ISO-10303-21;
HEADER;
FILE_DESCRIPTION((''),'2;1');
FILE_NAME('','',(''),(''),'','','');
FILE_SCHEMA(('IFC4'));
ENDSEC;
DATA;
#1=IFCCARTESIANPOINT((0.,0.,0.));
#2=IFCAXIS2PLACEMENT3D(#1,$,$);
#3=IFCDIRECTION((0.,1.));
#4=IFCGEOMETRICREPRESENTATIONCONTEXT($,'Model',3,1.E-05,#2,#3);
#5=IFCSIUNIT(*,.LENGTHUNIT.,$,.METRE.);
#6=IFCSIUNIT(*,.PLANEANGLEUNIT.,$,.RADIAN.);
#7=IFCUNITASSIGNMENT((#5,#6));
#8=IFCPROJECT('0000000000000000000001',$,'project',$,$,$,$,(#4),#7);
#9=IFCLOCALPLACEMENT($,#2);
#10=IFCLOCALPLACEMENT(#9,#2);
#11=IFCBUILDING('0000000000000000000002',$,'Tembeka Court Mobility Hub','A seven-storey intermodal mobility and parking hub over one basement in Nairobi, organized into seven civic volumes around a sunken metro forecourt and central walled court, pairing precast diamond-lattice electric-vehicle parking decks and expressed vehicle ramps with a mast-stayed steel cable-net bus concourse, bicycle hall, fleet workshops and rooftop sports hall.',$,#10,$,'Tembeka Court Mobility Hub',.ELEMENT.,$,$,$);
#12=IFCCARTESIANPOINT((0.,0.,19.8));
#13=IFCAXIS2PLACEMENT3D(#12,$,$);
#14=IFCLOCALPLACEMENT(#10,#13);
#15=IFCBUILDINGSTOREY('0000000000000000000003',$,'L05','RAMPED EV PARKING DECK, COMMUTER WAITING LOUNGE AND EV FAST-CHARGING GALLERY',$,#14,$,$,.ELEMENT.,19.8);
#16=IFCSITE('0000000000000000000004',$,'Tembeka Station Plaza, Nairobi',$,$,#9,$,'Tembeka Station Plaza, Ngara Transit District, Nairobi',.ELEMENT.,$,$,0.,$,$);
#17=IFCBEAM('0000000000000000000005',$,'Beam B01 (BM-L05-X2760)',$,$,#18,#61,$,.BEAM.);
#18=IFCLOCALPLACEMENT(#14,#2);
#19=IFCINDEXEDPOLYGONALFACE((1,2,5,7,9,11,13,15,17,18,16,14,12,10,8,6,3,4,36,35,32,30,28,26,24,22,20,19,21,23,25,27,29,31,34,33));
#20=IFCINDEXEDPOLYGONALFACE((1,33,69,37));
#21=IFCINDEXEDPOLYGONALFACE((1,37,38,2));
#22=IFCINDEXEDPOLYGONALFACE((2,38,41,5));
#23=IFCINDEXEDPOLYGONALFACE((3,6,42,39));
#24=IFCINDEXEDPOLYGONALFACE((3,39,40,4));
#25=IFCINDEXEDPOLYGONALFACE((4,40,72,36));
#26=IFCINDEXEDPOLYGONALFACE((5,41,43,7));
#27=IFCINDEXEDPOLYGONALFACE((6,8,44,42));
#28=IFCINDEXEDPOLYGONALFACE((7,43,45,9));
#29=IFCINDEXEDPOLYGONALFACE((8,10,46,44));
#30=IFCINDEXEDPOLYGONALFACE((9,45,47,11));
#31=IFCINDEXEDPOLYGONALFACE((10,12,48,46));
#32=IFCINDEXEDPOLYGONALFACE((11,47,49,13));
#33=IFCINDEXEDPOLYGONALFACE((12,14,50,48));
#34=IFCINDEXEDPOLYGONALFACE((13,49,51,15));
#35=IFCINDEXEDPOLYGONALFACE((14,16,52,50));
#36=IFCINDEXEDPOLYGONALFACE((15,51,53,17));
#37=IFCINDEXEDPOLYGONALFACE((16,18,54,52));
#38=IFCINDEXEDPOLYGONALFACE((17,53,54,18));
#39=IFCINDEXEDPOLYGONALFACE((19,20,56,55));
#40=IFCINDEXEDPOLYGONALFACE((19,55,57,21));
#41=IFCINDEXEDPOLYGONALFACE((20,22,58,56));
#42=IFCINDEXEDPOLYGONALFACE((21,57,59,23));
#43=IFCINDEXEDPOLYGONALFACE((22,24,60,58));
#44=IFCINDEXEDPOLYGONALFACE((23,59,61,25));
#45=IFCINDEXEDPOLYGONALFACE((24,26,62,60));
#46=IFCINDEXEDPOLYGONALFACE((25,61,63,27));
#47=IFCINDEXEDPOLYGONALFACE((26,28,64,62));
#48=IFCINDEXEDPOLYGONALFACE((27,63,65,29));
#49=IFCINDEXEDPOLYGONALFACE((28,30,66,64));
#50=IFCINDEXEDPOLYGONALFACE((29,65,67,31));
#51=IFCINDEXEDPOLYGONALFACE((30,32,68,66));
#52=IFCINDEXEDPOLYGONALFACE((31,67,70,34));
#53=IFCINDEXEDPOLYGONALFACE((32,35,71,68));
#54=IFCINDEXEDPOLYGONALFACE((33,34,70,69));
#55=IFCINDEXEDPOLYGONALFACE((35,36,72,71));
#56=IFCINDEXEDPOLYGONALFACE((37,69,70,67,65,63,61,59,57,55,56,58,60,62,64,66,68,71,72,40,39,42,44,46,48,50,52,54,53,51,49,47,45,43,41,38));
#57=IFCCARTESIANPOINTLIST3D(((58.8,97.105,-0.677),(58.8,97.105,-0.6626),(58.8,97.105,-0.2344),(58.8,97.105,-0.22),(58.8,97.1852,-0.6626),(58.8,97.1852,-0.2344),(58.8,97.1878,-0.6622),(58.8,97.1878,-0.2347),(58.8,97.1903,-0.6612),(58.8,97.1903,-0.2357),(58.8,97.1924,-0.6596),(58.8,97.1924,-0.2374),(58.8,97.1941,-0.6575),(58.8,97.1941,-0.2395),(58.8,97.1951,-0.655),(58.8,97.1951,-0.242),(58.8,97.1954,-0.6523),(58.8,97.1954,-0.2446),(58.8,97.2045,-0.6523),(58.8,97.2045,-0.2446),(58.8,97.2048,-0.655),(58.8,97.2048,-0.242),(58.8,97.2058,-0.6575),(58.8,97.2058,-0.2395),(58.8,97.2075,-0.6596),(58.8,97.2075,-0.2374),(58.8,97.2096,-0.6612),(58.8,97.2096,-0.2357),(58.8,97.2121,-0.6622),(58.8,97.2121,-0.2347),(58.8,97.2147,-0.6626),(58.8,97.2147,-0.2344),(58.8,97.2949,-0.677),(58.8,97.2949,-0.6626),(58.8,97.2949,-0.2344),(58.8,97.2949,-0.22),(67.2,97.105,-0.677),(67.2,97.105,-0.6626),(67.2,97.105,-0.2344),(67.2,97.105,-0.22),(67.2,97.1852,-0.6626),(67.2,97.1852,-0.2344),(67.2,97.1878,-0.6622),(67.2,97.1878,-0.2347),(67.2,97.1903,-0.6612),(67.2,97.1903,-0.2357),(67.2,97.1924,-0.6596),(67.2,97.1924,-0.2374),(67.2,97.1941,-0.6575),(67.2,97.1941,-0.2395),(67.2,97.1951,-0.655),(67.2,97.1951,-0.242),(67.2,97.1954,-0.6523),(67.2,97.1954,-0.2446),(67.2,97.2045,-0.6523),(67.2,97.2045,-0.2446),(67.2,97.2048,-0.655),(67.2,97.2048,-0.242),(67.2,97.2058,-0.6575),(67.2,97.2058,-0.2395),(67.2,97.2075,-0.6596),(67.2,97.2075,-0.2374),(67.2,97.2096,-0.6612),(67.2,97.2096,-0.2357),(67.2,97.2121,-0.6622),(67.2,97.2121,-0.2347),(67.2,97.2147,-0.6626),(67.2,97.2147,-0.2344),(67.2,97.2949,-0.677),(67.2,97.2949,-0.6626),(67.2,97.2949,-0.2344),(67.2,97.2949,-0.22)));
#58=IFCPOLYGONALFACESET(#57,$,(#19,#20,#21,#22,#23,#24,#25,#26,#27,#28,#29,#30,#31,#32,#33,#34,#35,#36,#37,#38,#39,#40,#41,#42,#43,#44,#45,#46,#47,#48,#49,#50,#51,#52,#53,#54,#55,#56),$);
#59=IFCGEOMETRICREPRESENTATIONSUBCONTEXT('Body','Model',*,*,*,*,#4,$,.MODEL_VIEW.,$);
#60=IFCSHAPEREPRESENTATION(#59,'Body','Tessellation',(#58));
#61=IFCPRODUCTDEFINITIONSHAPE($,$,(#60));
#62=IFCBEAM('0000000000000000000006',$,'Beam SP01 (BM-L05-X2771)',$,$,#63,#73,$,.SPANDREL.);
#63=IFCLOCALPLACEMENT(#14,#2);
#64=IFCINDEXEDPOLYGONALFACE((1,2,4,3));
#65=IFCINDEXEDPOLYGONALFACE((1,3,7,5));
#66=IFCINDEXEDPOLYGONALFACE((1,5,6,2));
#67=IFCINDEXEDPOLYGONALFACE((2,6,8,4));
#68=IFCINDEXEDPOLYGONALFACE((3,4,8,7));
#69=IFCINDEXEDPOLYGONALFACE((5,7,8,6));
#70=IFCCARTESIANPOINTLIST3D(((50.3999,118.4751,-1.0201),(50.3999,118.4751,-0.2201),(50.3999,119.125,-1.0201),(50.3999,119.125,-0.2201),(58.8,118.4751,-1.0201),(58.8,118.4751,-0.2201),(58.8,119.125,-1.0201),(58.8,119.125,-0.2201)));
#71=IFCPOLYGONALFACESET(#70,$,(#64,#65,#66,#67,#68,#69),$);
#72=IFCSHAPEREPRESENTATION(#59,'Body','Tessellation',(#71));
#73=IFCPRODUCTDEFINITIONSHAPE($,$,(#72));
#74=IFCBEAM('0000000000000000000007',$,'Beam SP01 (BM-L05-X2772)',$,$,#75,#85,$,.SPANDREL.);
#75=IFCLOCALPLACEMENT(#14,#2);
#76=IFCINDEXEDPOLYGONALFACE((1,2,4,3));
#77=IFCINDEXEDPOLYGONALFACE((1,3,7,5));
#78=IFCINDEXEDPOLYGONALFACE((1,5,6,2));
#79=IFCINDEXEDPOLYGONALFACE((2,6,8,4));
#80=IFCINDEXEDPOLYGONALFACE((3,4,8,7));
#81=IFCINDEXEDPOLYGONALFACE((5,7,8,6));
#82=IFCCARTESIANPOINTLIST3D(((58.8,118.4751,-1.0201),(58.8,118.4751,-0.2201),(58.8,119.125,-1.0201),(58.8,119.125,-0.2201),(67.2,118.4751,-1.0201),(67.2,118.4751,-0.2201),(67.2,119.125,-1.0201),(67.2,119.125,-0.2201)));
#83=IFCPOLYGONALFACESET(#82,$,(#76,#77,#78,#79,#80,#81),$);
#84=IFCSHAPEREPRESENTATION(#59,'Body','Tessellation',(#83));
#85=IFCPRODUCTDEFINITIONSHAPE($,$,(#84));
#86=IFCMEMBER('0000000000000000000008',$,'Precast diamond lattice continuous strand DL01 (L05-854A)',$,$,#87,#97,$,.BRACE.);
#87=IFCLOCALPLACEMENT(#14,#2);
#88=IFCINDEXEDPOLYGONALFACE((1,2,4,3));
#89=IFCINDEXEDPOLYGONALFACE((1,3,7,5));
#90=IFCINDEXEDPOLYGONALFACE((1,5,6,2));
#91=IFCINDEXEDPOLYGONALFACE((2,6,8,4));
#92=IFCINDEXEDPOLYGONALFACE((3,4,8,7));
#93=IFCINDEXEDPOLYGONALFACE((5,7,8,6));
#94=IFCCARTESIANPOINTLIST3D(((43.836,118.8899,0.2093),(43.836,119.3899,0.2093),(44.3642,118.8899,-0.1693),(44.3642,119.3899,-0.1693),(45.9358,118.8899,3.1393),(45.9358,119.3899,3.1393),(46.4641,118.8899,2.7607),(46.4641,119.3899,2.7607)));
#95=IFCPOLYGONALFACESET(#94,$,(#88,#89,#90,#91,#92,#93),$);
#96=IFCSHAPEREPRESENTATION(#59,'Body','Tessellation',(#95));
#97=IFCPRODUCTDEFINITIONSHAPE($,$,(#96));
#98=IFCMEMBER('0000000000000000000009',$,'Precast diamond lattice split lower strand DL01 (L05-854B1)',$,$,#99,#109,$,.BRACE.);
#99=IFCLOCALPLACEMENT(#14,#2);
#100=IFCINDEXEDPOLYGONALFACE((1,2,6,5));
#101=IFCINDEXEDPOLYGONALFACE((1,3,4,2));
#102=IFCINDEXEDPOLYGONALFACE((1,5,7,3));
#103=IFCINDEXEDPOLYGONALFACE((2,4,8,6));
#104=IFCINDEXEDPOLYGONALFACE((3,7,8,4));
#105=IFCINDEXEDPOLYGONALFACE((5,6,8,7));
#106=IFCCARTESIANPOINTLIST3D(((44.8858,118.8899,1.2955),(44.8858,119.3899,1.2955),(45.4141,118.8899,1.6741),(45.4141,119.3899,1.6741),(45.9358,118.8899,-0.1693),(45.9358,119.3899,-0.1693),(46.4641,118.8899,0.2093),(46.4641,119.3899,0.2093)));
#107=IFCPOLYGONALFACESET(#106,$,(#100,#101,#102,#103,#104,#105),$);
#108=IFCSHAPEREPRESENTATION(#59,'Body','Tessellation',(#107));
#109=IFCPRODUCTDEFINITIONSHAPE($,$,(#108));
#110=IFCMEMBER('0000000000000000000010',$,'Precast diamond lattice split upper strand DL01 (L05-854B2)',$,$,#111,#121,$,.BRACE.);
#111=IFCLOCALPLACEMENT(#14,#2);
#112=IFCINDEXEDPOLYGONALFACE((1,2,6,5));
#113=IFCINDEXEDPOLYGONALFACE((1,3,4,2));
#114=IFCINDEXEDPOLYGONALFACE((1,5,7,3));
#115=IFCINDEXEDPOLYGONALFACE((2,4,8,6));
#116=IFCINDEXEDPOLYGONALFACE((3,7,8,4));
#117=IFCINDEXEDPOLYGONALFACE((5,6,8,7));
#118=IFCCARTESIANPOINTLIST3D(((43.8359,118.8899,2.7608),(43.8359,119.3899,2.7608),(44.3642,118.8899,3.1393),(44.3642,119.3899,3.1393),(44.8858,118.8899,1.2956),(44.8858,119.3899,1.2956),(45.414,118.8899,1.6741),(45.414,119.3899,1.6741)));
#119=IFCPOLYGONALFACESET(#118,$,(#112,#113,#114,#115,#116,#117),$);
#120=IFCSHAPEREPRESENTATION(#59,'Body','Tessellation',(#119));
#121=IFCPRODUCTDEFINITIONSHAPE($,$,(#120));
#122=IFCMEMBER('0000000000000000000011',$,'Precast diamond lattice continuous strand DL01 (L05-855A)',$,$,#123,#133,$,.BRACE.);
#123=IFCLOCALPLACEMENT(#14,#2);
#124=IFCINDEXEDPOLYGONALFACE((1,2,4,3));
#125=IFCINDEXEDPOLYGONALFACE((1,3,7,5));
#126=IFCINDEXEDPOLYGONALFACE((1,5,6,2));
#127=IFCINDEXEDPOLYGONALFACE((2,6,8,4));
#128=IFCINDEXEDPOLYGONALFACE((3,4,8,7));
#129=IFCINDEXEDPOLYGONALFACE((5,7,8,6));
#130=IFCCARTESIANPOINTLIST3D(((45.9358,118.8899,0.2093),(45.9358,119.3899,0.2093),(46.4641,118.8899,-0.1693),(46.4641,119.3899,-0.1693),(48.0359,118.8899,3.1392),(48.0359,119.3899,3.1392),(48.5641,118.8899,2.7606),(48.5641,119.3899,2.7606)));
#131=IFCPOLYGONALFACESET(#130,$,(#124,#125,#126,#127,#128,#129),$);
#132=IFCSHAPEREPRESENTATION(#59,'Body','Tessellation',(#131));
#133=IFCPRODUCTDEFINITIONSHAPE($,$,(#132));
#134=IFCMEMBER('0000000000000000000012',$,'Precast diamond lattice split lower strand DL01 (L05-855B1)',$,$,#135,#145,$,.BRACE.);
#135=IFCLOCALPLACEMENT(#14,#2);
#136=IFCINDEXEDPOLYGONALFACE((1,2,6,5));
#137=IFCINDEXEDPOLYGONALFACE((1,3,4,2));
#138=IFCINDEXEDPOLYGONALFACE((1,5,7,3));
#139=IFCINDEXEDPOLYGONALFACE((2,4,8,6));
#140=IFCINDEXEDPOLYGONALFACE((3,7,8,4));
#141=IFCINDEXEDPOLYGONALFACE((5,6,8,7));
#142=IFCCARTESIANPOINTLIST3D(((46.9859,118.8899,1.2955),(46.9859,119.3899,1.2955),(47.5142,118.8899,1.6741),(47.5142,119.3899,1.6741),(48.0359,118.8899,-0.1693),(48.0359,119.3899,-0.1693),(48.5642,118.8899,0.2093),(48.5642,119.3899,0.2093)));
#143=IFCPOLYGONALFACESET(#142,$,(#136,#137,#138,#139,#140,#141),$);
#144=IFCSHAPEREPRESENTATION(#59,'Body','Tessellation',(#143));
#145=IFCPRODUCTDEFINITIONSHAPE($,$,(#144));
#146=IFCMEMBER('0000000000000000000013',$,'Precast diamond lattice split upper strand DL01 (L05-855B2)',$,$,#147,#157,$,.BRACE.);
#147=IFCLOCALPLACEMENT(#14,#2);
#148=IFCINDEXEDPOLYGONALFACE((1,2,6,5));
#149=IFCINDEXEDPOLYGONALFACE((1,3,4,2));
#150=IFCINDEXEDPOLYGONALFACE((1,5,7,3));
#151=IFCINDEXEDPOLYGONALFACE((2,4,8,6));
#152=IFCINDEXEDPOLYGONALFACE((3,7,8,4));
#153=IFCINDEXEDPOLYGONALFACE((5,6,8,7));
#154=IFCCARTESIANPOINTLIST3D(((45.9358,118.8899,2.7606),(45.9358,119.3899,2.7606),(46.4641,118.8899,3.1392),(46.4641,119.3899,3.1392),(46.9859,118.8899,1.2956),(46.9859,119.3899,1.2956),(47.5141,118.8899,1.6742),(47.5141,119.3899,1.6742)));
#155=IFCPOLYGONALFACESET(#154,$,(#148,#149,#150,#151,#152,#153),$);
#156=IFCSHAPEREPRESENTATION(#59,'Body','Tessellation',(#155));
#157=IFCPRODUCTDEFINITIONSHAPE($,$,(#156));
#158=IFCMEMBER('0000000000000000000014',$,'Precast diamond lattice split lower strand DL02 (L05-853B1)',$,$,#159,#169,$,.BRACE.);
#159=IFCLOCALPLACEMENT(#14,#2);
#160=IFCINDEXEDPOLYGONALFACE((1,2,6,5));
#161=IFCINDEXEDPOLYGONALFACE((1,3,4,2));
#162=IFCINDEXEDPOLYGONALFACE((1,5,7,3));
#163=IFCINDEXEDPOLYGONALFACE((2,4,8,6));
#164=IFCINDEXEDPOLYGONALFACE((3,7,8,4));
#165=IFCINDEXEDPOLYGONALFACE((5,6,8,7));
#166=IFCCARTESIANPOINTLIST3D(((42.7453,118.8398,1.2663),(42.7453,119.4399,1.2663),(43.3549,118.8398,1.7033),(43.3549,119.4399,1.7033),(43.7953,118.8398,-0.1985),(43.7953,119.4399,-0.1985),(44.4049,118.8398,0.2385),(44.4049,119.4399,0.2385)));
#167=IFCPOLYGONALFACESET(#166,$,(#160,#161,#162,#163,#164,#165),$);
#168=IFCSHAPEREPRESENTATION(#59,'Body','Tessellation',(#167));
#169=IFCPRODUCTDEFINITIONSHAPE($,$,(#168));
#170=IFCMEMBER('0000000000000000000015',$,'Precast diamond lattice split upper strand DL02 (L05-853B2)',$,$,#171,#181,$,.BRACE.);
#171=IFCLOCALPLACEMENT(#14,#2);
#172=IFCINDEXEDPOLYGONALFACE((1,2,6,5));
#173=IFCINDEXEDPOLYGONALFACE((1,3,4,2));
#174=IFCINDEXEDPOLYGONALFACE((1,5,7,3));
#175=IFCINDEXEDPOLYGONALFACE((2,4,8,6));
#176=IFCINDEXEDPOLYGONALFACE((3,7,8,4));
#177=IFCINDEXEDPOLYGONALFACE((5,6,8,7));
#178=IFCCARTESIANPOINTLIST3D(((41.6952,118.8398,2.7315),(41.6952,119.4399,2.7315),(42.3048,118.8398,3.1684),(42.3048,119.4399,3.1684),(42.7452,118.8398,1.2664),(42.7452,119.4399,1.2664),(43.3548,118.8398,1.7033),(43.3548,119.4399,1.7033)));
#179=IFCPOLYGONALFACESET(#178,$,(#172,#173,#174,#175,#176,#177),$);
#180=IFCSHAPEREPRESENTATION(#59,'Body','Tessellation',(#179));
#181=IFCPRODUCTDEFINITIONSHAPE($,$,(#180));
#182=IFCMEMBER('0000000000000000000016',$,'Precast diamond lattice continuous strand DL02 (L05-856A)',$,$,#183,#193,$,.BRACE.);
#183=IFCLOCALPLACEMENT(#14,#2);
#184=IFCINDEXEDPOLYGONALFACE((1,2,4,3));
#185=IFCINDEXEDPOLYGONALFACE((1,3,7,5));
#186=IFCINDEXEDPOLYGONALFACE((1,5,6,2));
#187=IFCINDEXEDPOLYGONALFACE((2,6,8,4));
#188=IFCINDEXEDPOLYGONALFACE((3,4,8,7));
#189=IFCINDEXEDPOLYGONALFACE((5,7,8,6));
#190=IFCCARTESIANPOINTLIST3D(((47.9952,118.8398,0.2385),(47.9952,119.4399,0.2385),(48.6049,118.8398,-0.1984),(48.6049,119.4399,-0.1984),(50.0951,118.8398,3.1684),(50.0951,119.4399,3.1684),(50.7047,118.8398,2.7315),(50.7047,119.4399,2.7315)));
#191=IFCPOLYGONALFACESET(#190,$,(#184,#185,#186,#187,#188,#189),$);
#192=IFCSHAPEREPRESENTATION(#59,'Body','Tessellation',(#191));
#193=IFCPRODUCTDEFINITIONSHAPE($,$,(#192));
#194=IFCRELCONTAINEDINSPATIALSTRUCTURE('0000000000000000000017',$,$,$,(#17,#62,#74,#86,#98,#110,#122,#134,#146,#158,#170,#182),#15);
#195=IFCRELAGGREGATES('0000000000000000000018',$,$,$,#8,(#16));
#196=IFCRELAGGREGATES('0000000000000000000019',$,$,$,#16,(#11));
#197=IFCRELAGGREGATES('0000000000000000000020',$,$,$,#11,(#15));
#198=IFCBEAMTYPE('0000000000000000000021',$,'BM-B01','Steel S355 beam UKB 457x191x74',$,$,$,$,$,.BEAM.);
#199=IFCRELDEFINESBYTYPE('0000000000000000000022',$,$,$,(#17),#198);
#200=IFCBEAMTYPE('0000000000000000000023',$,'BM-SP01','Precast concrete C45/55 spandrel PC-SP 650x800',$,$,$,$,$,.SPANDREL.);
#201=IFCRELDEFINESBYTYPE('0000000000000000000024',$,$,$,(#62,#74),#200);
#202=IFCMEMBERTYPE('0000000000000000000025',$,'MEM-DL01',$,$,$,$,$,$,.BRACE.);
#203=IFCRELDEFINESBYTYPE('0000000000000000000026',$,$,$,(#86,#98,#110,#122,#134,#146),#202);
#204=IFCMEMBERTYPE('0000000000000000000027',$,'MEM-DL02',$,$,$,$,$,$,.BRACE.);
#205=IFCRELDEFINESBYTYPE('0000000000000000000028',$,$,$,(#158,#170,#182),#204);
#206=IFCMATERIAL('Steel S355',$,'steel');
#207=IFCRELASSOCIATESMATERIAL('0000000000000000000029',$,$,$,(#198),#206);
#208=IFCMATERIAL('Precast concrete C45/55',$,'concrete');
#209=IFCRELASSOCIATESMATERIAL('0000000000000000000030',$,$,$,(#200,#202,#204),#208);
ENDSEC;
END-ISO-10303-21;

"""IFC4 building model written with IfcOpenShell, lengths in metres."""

from ifc_helpers import new_model, si_unit, direction, frame, origin, origin_2d, place, context, subcontext, project, spatial, rectangle, i_section, extrude, material, material_profile, profile_set, type_object, element, save


model = new_model("IFC4")

# Units and contexts
model_context = context("Model", 3, precision=1e-05, world=origin(), true_north=direction((0.0, 1.0)))
body_context = subcontext(model_context, "Body", "Model", "MODEL_VIEW")
ifc_project = project(units=[si_unit("LENGTHUNIT", "METRE"), si_unit("PLANEANGLEUNIT", "RADIAN")], contexts=[model_context])

# Site, building, storey
site_placement = place(None, origin())
site = spatial("IfcSite", under=ifc_project, at=site_placement, Name="Tembeka Station Plaza, Nairobi", LongName="Tembeka Station Plaza, Ngara Transit District, Nairobi", CompositionType="ELEMENT", RefElevation=0.0)
building_placement = place(site_placement, origin())
building = spatial("IfcBuilding", under=site, at=building_placement, Name="Tembeka Court Mobility Hub", Description="A seven-storey intermodal mobility and parking hub over one basement in Nairobi, organized into seven civic volumes around a sunken metro forecourt and central walled court, pairing precast diamond-lattice electric-vehicle parking decks and expressed vehicle ramps with a mast-stayed steel cable-net bus concourse, bicycle hall, fleet workshops and rooftop sports hall.", LongName="Tembeka Court Mobility Hub", CompositionType="ELEMENT")
storey_placement = place(building_placement, frame((0.0, 0.0, 19.8)))
storey = spatial("IfcBuildingStorey", under=building, at=storey_placement, Name="L05", Description="RAMPED EV PARKING DECK, COMMUTER WAITING LOUNGE AND EV FAST-CHARGING GALLERY", CompositionType="ELEMENT", Elevation=19.8)

# Shared definitions
ifc_material_1 = material(Name="Steel S355", Category="steel")

# Beams
ifc_material_profile_1 = material_profile(ifc_material_1, i_section(OverallWidth=0.1899, OverallDepth=0.457, WebThickness=0.009, FlangeThickness=0.0144, FilletRadius=0.0103, at=origin_2d()), Name="UKB 457x191x74")
ifc_profile_set_1 = profile_set([ifc_material_profile_1], Name="Steel S355")
beam_type_1 = type_object("IfcBeamType", Name="BM-B01", Description="Steel S355 beam UKB 457x191x74", PredefinedType="BEAM", material=ifc_profile_set_1)
beam_1_placement = place(storey_placement, frame((58.8, 97.2, -0.4485), z_axis=(1.0, 0.0, 0.0), x_axis=(0.0, 1.0, 0.0)))
element("IfcBeam", 1, at=beam_1_placement, inside=storey, type_object=beam_type_1, Name="Beam B01 (BM-L05-X2760)", PredefinedType="BEAM", context=body_context, shape_type="SweptSolid", body=[
    extrude(i_section(OverallWidth=0.1899, OverallDepth=0.457, WebThickness=0.009, FlangeThickness=0.0144, FilletRadius=0.0103, at=origin_2d()), origin(), (0.0, 0.0, 1.0), 8.3999),
])
ifc_material_2 = material(Name="Precast concrete C45/55", Category="concrete")
ifc_material_profile_2 = material_profile(ifc_material_2, rectangle(XDim=0.6499, YDim=0.8, at=origin_2d()), Name="PC-SP 650x800")
ifc_profile_set_2 = profile_set([ifc_material_profile_2], Name="Precast concrete C45/55")
beam_type_2 = type_object("IfcBeamType", Name="BM-SP01", Description="Precast concrete C45/55 spandrel PC-SP 650x800", PredefinedType="SPANDREL", material=ifc_profile_set_2)
beam_2_placement = place(storey_placement, frame((50.3999, 118.8, -0.6201), z_axis=(1.0, 0.0, 0.0), x_axis=(0.0, 1.0, 0.0)))
element("IfcBeam", 2, at=beam_2_placement, inside=storey, type_object=beam_type_2, Name="Beam SP01 (BM-L05-X2771)", PredefinedType="SPANDREL", context=body_context, shape_type="SweptSolid", body=[
    extrude(rectangle(XDim=0.6499, YDim=0.8, at=origin_2d()), origin(), (0.0, 0.0, 1.0), 8.4001),
])
beam_3_placement = place(storey_placement, frame((58.8, 118.8, -0.6201), z_axis=(1.0, 0.0, 0.0), x_axis=(0.0, 1.0, 0.0)))
element("IfcBeam", 3, at=beam_3_placement, inside=storey, type_object=beam_type_2, Name="Beam SP01 (BM-L05-X2772)", PredefinedType="SPANDREL", context=body_context, shape_type="SweptSolid", body=[
    extrude(rectangle(XDim=0.6499, YDim=0.8, at=origin_2d()), origin(), (0.0, 0.0, 1.0), 8.3999),
])

# Members
ifc_material_profile_3 = material_profile(ifc_material_2, rectangle(XDim=0.5, YDim=0.6499, at=origin_2d()), Name="PC-DIAG 500x650")
ifc_profile_set_3 = profile_set([ifc_material_profile_3], Name="Precast concrete C45/55")
member_type_1 = type_object("IfcMemberType", Name="MEM-DL01", PredefinedType="BRACE", material=ifc_profile_set_3)
member_1_placement = place(storey_placement, frame((44.1001, 119.1399, 0.02), z_axis=(0.582532, 0.0, 0.812808), x_axis=(0.0, 1.0, 0.0)))
element("IfcMember", 4, at=member_1_placement, inside=storey, type_object=member_type_1, Name="Precast diamond lattice continuous strand DL01 (L05-854A)", PredefinedType="BRACE", context=body_context, shape_type="SweptSolid", body=[
    extrude(rectangle(XDim=0.5, YDim=0.6499, at=origin_2d()), origin(), (0.0, 0.0, 1.0), 3.6047),
])
member_2_placement = place(storey_placement, frame((46.2, 119.1399, 0.02), z_axis=(-0.582608, 0.0, 0.812753), x_axis=(0.0, -1.0, 0.0)))
element("IfcMember", 5, at=member_2_placement, inside=storey, type_object=member_type_1, Name="Precast diamond lattice split lower strand DL01 (L05-854B1)", PredefinedType="BRACE", context=body_context, shape_type="SweptSolid", body=[
    extrude(rectangle(XDim=0.5, YDim=0.6499, at=origin_2d()), origin(), (0.0, 0.0, 1.0), 1.8022),
])
member_3_placement = place(storey_placement, frame((45.1499, 119.1399, 1.4849), z_axis=(-0.582455, 0.0, 0.812863), x_axis=(0.0, -1.0, 0.0)))
element("IfcMember", 6, at=member_3_placement, inside=storey, type_object=member_type_1, Name="Precast diamond lattice split upper strand DL01 (L05-854B2)", PredefinedType="BRACE", context=body_context, shape_type="SweptSolid", body=[
    extrude(rectangle(XDim=0.5, YDim=0.6499, at=origin_2d()), origin(), (0.0, 0.0, 1.0), 1.8025),
])
member_4_placement = place(storey_placement, frame((46.2, 119.1399, 0.02), z_axis=(0.582576, 0.0, 0.812776), x_axis=(0.0, 1.0, 0.0)))
element("IfcMember", 7, at=member_4_placement, inside=storey, type_object=member_type_1, Name="Precast diamond lattice continuous strand DL01 (L05-855A)", PredefinedType="BRACE", context=body_context, shape_type="SweptSolid", body=[
    extrude(rectangle(XDim=0.5, YDim=0.6499, at=origin_2d()), origin(), (0.0, 0.0, 1.0), 3.6047),
])
member_5_placement = place(storey_placement, frame((48.3, 119.1399, 0.02), z_axis=(-0.582608, 0.0, 0.812753), x_axis=(0.0, -1.0, 0.0)))
element("IfcMember", 8, at=member_5_placement, inside=storey, type_object=member_type_1, Name="Precast diamond lattice split lower strand DL01 (L05-855B1)", PredefinedType="BRACE", context=body_context, shape_type="SweptSolid", body=[
    extrude(rectangle(XDim=0.5, YDim=0.6499, at=origin_2d()), origin(), (0.0, 0.0, 1.0), 1.8022),
])
member_6_placement = place(storey_placement, frame((47.25, 119.1399, 1.4849), z_axis=(-0.582544, 0.0, 0.812799), x_axis=(0.0, -1.0, 0.0)))
element("IfcMember", 9, at=member_6_placement, inside=storey, type_object=member_type_1, Name="Precast diamond lattice split upper strand DL01 (L05-855B2)", PredefinedType="BRACE", context=body_context, shape_type="SweptSolid", body=[
    extrude(rectangle(XDim=0.5, YDim=0.6499, at=origin_2d()), origin(), (0.0, 0.0, 1.0), 1.8025),
])
ifc_material_profile_4 = material_profile(ifc_material_2, rectangle(XDim=0.6001, YDim=0.75, at=origin_2d()), Name="PC-DIAG 600x750")
ifc_profile_set_4 = profile_set([ifc_material_profile_4], Name="Precast concrete C45/55")
member_type_2 = type_object("IfcMemberType", Name="MEM-DL02", PredefinedType="BRACE", material=ifc_profile_set_4)
member_7_placement = place(storey_placement, frame((44.1001, 119.1399, 0.02), z_axis=(-0.582608, 0.0, 0.812753), x_axis=(0.0, -1.0, 0.0)))
element("IfcMember", 10, at=member_7_placement, inside=storey, type_object=member_type_2, Name="Precast diamond lattice split lower strand DL02 (L05-853B1)", PredefinedType="BRACE", context=body_context, shape_type="SweptSolid", body=[
    extrude(rectangle(XDim=0.6001, YDim=0.75, at=origin_2d()), origin(), (0.0, 0.0, 1.0), 1.8022),
])
member_8_placement = place(storey_placement, frame((43.05, 119.1399, 1.4849), z_axis=(-0.582544, 0.0, 0.812799), x_axis=(0.0, -1.0, 0.0)))
element("IfcMember", 11, at=member_8_placement, inside=storey, type_object=member_type_2, Name="Precast diamond lattice split upper strand DL02 (L05-853B2)", PredefinedType="BRACE", context=body_context, shape_type="SweptSolid", body=[
    extrude(rectangle(XDim=0.6001, YDim=0.75, at=origin_2d()), origin(), (0.0, 0.0, 1.0), 1.8025),
])
member_9_placement = place(storey_placement, frame((48.3, 119.1399, 0.02), z_axis=(0.582532, 0.0, 0.812808), x_axis=(0.0, 1.0, 0.0)))
element("IfcMember", 12, at=member_9_placement, inside=storey, type_object=member_type_2, Name="Precast diamond lattice continuous strand DL02 (L05-856A)", PredefinedType="BRACE", context=body_context, shape_type="SweptSolid", body=[
    extrude(rectangle(XDim=0.6001, YDim=0.75, at=origin_2d()), origin(), (0.0, 0.0, 1.0), 3.6047),
])

save(model, "model.ifc")
